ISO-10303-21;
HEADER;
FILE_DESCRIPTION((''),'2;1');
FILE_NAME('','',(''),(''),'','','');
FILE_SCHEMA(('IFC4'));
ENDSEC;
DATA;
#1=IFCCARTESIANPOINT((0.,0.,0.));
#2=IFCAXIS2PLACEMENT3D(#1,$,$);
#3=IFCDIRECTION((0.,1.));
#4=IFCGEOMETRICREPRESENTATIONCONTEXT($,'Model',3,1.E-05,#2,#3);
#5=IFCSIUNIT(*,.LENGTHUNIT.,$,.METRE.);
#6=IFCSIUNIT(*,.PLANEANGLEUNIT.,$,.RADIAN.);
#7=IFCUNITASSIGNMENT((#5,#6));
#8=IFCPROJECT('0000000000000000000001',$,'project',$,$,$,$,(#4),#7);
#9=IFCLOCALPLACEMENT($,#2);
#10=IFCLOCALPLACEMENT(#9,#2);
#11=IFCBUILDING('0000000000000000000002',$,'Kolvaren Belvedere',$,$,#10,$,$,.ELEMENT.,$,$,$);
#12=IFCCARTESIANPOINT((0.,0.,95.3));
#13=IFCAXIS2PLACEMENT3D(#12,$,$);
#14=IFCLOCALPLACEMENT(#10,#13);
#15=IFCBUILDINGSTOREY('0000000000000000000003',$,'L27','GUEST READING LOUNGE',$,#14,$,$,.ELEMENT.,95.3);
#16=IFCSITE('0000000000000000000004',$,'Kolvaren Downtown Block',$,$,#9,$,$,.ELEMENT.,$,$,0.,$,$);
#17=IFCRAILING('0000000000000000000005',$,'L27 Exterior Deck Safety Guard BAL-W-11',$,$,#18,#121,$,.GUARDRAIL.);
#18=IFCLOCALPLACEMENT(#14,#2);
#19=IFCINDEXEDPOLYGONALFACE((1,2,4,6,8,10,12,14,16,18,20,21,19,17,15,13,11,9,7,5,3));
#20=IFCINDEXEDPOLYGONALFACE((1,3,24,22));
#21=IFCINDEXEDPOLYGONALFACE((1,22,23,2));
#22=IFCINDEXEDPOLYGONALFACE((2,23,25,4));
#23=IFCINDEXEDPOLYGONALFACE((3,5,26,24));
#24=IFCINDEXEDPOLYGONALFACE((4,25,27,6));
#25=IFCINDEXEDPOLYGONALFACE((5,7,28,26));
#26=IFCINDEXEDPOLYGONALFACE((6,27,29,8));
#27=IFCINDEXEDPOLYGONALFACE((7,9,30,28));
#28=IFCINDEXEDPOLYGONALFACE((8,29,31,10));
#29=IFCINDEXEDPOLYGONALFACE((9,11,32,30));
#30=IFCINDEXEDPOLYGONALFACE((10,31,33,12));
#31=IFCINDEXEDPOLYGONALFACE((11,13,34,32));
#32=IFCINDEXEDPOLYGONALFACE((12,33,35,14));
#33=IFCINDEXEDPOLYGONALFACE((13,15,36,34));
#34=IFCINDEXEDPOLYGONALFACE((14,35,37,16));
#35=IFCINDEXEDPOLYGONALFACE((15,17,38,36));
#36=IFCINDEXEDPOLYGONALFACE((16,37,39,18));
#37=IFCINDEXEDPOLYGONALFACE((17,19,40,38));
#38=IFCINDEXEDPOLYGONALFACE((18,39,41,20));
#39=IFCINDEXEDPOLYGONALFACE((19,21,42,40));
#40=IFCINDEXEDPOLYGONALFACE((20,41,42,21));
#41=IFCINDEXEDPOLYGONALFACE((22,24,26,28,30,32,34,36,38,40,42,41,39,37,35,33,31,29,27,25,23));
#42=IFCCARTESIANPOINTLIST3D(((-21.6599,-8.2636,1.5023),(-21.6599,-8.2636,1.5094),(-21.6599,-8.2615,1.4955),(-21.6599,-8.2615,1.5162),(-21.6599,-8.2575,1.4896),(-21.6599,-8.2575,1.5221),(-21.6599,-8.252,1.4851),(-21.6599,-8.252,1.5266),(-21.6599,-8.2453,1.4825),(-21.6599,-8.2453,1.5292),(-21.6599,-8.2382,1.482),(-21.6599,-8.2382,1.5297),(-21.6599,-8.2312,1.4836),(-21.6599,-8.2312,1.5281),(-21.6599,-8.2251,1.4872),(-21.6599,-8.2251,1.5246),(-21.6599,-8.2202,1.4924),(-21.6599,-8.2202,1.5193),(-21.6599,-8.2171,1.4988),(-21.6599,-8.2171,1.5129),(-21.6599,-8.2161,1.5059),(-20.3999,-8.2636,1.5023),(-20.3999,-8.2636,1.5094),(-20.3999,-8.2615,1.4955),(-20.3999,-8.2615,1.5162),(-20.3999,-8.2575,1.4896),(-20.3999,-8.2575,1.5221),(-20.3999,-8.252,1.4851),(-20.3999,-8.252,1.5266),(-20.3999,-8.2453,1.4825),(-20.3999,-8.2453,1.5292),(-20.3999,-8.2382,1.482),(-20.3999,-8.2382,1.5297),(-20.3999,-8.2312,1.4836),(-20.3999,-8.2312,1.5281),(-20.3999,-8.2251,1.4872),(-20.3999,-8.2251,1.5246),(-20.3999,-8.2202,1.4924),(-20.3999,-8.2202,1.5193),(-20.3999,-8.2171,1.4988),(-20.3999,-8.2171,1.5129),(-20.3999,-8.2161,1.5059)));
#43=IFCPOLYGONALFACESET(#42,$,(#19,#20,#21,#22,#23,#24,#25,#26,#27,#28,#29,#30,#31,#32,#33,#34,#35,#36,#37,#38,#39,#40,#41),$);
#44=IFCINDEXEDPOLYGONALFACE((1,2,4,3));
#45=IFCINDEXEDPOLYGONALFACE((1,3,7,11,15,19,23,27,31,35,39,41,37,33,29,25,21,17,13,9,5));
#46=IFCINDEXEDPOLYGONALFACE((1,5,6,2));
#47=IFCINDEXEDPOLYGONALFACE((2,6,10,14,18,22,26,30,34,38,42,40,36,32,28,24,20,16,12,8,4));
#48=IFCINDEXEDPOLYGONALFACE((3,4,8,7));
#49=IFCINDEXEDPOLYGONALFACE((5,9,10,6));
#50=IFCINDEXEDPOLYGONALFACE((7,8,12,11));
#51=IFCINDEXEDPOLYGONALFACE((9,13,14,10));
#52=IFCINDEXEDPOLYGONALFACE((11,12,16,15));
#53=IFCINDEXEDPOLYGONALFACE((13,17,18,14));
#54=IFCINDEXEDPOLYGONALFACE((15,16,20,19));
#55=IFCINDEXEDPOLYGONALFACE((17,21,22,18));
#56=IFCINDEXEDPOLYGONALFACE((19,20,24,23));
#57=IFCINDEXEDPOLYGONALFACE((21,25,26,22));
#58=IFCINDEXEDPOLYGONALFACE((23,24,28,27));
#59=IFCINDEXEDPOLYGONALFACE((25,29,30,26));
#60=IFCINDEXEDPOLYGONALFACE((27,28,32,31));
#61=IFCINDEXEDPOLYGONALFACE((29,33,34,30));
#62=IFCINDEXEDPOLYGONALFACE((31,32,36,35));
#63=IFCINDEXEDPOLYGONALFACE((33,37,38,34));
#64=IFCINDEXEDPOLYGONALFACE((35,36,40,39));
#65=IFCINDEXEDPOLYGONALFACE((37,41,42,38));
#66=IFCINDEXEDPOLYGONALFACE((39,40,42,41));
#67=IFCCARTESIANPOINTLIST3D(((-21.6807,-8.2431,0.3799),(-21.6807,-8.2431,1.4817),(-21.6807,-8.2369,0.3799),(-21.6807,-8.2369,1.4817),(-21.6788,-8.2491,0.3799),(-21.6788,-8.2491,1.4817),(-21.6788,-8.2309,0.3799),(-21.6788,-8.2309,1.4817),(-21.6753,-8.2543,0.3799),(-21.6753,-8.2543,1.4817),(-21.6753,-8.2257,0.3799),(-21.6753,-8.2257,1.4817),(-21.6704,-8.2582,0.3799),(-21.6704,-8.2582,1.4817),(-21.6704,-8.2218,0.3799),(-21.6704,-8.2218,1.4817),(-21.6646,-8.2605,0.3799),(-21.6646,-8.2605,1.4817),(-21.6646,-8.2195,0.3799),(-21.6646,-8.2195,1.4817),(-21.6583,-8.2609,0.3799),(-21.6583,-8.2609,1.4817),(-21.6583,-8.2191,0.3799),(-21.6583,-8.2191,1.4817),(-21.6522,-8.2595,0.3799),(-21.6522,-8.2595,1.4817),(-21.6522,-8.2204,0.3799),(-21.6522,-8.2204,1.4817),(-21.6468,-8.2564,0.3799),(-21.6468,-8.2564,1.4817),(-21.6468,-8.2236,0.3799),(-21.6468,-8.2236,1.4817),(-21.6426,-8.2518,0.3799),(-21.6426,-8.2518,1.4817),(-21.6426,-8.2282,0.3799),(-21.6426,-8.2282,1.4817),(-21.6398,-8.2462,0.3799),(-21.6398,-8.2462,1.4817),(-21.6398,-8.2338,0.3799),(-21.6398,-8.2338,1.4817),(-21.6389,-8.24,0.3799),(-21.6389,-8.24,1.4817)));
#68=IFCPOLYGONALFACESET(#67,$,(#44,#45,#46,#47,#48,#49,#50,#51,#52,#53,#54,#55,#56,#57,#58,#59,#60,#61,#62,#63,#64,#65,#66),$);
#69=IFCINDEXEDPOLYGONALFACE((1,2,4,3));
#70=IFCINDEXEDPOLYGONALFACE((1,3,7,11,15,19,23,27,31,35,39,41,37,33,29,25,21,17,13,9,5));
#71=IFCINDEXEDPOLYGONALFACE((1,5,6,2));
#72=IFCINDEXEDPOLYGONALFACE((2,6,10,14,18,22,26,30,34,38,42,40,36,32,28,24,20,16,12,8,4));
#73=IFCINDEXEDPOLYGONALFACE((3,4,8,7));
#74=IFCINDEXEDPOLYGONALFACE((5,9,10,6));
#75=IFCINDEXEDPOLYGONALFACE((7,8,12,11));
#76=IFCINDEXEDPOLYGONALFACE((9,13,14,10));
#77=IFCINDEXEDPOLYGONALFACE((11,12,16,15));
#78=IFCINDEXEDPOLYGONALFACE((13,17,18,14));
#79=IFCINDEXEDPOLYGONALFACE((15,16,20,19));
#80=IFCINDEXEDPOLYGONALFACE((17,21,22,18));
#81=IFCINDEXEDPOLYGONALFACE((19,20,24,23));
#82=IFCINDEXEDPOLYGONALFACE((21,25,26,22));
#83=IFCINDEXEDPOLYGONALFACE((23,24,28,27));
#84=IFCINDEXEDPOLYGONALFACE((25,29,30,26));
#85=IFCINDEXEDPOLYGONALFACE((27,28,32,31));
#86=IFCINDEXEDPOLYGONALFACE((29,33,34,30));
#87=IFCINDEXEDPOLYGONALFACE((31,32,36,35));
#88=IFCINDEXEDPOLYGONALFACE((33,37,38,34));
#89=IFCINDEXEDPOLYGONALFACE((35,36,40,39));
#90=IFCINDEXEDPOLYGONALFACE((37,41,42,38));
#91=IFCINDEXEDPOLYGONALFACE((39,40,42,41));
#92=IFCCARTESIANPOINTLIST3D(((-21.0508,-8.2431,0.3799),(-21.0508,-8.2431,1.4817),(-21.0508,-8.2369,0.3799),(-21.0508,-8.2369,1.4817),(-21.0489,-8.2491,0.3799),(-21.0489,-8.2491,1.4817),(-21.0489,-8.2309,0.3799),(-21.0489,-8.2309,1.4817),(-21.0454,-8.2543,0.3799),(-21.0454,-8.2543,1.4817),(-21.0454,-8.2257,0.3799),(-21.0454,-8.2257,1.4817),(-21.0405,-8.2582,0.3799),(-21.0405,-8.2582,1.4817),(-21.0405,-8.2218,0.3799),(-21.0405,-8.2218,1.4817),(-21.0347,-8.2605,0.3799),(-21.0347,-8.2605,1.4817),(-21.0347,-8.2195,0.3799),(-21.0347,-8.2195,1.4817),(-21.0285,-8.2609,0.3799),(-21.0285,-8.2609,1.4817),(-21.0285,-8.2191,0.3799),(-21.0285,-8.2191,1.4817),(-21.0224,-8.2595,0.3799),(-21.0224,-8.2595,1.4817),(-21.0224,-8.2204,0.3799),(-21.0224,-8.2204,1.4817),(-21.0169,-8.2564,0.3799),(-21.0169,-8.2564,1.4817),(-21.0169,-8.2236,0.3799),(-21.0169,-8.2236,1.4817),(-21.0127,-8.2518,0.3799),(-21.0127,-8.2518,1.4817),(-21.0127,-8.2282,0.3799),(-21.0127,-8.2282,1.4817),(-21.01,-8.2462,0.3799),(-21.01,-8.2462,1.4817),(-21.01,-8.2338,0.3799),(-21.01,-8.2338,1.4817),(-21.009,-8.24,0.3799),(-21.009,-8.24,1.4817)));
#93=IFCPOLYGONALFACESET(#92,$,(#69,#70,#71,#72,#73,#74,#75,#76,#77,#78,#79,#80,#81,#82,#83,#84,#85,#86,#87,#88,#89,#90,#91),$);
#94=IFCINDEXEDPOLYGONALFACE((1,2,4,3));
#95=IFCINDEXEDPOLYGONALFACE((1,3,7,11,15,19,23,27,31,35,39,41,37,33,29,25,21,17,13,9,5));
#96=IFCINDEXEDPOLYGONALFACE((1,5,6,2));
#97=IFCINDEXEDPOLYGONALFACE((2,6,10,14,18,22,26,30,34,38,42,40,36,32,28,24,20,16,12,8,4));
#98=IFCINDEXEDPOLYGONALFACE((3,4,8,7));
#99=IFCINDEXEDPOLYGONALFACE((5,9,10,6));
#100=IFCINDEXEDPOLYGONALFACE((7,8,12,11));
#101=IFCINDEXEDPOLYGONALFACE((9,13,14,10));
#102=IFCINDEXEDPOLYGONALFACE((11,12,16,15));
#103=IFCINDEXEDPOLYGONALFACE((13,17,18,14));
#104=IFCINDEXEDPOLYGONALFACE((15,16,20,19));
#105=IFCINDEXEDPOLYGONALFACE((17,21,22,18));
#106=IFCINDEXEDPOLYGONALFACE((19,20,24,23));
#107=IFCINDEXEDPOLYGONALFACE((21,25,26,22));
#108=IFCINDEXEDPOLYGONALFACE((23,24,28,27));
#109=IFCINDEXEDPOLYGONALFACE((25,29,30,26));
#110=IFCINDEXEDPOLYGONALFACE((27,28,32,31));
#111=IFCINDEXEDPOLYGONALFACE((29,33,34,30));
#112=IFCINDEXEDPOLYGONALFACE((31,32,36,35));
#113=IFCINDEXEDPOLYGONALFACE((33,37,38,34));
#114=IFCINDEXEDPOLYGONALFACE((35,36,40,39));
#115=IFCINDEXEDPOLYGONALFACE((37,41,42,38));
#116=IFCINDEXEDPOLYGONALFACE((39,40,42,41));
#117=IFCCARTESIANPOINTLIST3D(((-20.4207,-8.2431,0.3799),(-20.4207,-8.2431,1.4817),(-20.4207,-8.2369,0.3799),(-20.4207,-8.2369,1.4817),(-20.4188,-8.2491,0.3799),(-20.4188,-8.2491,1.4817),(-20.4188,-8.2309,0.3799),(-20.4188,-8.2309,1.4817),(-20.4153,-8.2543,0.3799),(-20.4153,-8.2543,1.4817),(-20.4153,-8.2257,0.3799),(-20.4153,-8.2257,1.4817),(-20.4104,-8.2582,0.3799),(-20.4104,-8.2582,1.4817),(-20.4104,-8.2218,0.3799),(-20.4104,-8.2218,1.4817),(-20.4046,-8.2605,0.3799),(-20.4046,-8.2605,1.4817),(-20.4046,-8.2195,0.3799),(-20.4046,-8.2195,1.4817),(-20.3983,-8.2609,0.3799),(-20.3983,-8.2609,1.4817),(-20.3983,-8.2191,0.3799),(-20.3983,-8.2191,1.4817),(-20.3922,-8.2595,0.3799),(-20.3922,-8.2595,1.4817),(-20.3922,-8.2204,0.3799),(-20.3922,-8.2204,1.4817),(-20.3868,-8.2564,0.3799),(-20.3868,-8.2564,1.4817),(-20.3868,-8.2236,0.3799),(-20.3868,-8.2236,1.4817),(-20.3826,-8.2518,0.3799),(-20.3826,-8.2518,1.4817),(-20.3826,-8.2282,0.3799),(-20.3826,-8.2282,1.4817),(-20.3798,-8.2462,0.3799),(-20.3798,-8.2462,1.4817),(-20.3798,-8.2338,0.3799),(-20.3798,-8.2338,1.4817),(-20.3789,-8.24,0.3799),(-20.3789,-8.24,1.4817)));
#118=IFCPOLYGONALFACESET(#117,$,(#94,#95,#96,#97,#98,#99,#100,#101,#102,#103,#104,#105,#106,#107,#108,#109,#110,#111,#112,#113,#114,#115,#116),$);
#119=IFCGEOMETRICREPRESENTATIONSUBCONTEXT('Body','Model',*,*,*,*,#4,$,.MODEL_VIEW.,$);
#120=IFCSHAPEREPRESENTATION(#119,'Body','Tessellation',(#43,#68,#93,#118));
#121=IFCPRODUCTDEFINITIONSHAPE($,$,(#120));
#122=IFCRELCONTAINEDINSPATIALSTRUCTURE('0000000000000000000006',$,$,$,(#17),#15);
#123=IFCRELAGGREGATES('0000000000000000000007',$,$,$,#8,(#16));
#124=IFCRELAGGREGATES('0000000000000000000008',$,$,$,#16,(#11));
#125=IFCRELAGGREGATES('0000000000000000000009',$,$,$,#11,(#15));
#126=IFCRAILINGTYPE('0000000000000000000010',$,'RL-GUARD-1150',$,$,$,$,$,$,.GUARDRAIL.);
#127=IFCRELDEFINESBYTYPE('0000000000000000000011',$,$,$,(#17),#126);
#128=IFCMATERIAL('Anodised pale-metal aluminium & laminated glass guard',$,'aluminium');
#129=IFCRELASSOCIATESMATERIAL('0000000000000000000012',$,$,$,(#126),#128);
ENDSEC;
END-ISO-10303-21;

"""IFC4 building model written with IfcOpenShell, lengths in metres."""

from ifc_helpers import new_model, si_unit, direction, frame, origin, origin_2d, place, context, subcontext, project, spatial, circle, extrude, material, type_object, element, save


model = new_model("IFC4")

# Units and contexts
model_context = context("Model", 3, precision=1e-05, world=origin(), true_north=direction((0.0, 1.0)))
body_context = subcontext(model_context, "Body", "Model", "MODEL_VIEW")
ifc_project = project(units=[si_unit("LENGTHUNIT", "METRE"), si_unit("PLANEANGLEUNIT", "RADIAN")], contexts=[model_context])

# Site, building, storey
site_placement = place(None, origin())
site = spatial("IfcSite", under=ifc_project, at=site_placement, Name="Kolvaren Downtown Block", CompositionType="ELEMENT", RefElevation=0.0)
building_placement = place(site_placement, origin())
building = spatial("IfcBuilding", under=site, at=building_placement, Name="Kolvaren Belvedere", CompositionType="ELEMENT")
storey_placement = place(building_placement, frame((0.0, 0.0, 95.3)))
storey = spatial("IfcBuildingStorey", under=building, at=storey_placement, Name="L27", Description="GUEST READING LOUNGE", CompositionType="ELEMENT", Elevation=95.3)

# Railing
ifc_material_1 = material(Name="Anodised pale-metal aluminium & laminated glass guard", Category="aluminium")
railing_type = type_object("IfcRailingType", Name="RL-GUARD-1150", PredefinedType="GUARDRAIL", material=ifc_material_1)
railing_1_placement = place(storey_placement, frame((-21.6599, -8.24, 0.3799)))
element("IfcRailing", 1, at=railing_1_placement, inside=storey, type_object=railing_type, Name="L27 Exterior Deck Safety Guard BAL-W-11", PredefinedType="GUARDRAIL", context=body_context, shape_type="SweptSolid", body=[
    extrude(circle(Radius=0.0239, at=origin_2d()), frame((0.0, 0.0, 1.126), z_axis=(1.0, 0.0, 0.0), x_axis=(0.0, 1.0, 0.0)), (0.0, 0.0, 1.0), 1.26),
    extrude(circle(Radius=0.021, at=origin_2d()), origin(), (0.0, 0.0, 1.0), 1.1018),
    extrude(circle(Radius=0.021, at=origin_2d()), frame((0.6299, 0.0, 0.0)), (0.0, 0.0, 1.0), 1.1018),
    extrude(circle(Radius=0.021, at=origin_2d()), frame((1.26, 0.0, 0.0)), (0.0, 0.0, 1.0), 1.1018),
])

save(model, "model.ifc")
